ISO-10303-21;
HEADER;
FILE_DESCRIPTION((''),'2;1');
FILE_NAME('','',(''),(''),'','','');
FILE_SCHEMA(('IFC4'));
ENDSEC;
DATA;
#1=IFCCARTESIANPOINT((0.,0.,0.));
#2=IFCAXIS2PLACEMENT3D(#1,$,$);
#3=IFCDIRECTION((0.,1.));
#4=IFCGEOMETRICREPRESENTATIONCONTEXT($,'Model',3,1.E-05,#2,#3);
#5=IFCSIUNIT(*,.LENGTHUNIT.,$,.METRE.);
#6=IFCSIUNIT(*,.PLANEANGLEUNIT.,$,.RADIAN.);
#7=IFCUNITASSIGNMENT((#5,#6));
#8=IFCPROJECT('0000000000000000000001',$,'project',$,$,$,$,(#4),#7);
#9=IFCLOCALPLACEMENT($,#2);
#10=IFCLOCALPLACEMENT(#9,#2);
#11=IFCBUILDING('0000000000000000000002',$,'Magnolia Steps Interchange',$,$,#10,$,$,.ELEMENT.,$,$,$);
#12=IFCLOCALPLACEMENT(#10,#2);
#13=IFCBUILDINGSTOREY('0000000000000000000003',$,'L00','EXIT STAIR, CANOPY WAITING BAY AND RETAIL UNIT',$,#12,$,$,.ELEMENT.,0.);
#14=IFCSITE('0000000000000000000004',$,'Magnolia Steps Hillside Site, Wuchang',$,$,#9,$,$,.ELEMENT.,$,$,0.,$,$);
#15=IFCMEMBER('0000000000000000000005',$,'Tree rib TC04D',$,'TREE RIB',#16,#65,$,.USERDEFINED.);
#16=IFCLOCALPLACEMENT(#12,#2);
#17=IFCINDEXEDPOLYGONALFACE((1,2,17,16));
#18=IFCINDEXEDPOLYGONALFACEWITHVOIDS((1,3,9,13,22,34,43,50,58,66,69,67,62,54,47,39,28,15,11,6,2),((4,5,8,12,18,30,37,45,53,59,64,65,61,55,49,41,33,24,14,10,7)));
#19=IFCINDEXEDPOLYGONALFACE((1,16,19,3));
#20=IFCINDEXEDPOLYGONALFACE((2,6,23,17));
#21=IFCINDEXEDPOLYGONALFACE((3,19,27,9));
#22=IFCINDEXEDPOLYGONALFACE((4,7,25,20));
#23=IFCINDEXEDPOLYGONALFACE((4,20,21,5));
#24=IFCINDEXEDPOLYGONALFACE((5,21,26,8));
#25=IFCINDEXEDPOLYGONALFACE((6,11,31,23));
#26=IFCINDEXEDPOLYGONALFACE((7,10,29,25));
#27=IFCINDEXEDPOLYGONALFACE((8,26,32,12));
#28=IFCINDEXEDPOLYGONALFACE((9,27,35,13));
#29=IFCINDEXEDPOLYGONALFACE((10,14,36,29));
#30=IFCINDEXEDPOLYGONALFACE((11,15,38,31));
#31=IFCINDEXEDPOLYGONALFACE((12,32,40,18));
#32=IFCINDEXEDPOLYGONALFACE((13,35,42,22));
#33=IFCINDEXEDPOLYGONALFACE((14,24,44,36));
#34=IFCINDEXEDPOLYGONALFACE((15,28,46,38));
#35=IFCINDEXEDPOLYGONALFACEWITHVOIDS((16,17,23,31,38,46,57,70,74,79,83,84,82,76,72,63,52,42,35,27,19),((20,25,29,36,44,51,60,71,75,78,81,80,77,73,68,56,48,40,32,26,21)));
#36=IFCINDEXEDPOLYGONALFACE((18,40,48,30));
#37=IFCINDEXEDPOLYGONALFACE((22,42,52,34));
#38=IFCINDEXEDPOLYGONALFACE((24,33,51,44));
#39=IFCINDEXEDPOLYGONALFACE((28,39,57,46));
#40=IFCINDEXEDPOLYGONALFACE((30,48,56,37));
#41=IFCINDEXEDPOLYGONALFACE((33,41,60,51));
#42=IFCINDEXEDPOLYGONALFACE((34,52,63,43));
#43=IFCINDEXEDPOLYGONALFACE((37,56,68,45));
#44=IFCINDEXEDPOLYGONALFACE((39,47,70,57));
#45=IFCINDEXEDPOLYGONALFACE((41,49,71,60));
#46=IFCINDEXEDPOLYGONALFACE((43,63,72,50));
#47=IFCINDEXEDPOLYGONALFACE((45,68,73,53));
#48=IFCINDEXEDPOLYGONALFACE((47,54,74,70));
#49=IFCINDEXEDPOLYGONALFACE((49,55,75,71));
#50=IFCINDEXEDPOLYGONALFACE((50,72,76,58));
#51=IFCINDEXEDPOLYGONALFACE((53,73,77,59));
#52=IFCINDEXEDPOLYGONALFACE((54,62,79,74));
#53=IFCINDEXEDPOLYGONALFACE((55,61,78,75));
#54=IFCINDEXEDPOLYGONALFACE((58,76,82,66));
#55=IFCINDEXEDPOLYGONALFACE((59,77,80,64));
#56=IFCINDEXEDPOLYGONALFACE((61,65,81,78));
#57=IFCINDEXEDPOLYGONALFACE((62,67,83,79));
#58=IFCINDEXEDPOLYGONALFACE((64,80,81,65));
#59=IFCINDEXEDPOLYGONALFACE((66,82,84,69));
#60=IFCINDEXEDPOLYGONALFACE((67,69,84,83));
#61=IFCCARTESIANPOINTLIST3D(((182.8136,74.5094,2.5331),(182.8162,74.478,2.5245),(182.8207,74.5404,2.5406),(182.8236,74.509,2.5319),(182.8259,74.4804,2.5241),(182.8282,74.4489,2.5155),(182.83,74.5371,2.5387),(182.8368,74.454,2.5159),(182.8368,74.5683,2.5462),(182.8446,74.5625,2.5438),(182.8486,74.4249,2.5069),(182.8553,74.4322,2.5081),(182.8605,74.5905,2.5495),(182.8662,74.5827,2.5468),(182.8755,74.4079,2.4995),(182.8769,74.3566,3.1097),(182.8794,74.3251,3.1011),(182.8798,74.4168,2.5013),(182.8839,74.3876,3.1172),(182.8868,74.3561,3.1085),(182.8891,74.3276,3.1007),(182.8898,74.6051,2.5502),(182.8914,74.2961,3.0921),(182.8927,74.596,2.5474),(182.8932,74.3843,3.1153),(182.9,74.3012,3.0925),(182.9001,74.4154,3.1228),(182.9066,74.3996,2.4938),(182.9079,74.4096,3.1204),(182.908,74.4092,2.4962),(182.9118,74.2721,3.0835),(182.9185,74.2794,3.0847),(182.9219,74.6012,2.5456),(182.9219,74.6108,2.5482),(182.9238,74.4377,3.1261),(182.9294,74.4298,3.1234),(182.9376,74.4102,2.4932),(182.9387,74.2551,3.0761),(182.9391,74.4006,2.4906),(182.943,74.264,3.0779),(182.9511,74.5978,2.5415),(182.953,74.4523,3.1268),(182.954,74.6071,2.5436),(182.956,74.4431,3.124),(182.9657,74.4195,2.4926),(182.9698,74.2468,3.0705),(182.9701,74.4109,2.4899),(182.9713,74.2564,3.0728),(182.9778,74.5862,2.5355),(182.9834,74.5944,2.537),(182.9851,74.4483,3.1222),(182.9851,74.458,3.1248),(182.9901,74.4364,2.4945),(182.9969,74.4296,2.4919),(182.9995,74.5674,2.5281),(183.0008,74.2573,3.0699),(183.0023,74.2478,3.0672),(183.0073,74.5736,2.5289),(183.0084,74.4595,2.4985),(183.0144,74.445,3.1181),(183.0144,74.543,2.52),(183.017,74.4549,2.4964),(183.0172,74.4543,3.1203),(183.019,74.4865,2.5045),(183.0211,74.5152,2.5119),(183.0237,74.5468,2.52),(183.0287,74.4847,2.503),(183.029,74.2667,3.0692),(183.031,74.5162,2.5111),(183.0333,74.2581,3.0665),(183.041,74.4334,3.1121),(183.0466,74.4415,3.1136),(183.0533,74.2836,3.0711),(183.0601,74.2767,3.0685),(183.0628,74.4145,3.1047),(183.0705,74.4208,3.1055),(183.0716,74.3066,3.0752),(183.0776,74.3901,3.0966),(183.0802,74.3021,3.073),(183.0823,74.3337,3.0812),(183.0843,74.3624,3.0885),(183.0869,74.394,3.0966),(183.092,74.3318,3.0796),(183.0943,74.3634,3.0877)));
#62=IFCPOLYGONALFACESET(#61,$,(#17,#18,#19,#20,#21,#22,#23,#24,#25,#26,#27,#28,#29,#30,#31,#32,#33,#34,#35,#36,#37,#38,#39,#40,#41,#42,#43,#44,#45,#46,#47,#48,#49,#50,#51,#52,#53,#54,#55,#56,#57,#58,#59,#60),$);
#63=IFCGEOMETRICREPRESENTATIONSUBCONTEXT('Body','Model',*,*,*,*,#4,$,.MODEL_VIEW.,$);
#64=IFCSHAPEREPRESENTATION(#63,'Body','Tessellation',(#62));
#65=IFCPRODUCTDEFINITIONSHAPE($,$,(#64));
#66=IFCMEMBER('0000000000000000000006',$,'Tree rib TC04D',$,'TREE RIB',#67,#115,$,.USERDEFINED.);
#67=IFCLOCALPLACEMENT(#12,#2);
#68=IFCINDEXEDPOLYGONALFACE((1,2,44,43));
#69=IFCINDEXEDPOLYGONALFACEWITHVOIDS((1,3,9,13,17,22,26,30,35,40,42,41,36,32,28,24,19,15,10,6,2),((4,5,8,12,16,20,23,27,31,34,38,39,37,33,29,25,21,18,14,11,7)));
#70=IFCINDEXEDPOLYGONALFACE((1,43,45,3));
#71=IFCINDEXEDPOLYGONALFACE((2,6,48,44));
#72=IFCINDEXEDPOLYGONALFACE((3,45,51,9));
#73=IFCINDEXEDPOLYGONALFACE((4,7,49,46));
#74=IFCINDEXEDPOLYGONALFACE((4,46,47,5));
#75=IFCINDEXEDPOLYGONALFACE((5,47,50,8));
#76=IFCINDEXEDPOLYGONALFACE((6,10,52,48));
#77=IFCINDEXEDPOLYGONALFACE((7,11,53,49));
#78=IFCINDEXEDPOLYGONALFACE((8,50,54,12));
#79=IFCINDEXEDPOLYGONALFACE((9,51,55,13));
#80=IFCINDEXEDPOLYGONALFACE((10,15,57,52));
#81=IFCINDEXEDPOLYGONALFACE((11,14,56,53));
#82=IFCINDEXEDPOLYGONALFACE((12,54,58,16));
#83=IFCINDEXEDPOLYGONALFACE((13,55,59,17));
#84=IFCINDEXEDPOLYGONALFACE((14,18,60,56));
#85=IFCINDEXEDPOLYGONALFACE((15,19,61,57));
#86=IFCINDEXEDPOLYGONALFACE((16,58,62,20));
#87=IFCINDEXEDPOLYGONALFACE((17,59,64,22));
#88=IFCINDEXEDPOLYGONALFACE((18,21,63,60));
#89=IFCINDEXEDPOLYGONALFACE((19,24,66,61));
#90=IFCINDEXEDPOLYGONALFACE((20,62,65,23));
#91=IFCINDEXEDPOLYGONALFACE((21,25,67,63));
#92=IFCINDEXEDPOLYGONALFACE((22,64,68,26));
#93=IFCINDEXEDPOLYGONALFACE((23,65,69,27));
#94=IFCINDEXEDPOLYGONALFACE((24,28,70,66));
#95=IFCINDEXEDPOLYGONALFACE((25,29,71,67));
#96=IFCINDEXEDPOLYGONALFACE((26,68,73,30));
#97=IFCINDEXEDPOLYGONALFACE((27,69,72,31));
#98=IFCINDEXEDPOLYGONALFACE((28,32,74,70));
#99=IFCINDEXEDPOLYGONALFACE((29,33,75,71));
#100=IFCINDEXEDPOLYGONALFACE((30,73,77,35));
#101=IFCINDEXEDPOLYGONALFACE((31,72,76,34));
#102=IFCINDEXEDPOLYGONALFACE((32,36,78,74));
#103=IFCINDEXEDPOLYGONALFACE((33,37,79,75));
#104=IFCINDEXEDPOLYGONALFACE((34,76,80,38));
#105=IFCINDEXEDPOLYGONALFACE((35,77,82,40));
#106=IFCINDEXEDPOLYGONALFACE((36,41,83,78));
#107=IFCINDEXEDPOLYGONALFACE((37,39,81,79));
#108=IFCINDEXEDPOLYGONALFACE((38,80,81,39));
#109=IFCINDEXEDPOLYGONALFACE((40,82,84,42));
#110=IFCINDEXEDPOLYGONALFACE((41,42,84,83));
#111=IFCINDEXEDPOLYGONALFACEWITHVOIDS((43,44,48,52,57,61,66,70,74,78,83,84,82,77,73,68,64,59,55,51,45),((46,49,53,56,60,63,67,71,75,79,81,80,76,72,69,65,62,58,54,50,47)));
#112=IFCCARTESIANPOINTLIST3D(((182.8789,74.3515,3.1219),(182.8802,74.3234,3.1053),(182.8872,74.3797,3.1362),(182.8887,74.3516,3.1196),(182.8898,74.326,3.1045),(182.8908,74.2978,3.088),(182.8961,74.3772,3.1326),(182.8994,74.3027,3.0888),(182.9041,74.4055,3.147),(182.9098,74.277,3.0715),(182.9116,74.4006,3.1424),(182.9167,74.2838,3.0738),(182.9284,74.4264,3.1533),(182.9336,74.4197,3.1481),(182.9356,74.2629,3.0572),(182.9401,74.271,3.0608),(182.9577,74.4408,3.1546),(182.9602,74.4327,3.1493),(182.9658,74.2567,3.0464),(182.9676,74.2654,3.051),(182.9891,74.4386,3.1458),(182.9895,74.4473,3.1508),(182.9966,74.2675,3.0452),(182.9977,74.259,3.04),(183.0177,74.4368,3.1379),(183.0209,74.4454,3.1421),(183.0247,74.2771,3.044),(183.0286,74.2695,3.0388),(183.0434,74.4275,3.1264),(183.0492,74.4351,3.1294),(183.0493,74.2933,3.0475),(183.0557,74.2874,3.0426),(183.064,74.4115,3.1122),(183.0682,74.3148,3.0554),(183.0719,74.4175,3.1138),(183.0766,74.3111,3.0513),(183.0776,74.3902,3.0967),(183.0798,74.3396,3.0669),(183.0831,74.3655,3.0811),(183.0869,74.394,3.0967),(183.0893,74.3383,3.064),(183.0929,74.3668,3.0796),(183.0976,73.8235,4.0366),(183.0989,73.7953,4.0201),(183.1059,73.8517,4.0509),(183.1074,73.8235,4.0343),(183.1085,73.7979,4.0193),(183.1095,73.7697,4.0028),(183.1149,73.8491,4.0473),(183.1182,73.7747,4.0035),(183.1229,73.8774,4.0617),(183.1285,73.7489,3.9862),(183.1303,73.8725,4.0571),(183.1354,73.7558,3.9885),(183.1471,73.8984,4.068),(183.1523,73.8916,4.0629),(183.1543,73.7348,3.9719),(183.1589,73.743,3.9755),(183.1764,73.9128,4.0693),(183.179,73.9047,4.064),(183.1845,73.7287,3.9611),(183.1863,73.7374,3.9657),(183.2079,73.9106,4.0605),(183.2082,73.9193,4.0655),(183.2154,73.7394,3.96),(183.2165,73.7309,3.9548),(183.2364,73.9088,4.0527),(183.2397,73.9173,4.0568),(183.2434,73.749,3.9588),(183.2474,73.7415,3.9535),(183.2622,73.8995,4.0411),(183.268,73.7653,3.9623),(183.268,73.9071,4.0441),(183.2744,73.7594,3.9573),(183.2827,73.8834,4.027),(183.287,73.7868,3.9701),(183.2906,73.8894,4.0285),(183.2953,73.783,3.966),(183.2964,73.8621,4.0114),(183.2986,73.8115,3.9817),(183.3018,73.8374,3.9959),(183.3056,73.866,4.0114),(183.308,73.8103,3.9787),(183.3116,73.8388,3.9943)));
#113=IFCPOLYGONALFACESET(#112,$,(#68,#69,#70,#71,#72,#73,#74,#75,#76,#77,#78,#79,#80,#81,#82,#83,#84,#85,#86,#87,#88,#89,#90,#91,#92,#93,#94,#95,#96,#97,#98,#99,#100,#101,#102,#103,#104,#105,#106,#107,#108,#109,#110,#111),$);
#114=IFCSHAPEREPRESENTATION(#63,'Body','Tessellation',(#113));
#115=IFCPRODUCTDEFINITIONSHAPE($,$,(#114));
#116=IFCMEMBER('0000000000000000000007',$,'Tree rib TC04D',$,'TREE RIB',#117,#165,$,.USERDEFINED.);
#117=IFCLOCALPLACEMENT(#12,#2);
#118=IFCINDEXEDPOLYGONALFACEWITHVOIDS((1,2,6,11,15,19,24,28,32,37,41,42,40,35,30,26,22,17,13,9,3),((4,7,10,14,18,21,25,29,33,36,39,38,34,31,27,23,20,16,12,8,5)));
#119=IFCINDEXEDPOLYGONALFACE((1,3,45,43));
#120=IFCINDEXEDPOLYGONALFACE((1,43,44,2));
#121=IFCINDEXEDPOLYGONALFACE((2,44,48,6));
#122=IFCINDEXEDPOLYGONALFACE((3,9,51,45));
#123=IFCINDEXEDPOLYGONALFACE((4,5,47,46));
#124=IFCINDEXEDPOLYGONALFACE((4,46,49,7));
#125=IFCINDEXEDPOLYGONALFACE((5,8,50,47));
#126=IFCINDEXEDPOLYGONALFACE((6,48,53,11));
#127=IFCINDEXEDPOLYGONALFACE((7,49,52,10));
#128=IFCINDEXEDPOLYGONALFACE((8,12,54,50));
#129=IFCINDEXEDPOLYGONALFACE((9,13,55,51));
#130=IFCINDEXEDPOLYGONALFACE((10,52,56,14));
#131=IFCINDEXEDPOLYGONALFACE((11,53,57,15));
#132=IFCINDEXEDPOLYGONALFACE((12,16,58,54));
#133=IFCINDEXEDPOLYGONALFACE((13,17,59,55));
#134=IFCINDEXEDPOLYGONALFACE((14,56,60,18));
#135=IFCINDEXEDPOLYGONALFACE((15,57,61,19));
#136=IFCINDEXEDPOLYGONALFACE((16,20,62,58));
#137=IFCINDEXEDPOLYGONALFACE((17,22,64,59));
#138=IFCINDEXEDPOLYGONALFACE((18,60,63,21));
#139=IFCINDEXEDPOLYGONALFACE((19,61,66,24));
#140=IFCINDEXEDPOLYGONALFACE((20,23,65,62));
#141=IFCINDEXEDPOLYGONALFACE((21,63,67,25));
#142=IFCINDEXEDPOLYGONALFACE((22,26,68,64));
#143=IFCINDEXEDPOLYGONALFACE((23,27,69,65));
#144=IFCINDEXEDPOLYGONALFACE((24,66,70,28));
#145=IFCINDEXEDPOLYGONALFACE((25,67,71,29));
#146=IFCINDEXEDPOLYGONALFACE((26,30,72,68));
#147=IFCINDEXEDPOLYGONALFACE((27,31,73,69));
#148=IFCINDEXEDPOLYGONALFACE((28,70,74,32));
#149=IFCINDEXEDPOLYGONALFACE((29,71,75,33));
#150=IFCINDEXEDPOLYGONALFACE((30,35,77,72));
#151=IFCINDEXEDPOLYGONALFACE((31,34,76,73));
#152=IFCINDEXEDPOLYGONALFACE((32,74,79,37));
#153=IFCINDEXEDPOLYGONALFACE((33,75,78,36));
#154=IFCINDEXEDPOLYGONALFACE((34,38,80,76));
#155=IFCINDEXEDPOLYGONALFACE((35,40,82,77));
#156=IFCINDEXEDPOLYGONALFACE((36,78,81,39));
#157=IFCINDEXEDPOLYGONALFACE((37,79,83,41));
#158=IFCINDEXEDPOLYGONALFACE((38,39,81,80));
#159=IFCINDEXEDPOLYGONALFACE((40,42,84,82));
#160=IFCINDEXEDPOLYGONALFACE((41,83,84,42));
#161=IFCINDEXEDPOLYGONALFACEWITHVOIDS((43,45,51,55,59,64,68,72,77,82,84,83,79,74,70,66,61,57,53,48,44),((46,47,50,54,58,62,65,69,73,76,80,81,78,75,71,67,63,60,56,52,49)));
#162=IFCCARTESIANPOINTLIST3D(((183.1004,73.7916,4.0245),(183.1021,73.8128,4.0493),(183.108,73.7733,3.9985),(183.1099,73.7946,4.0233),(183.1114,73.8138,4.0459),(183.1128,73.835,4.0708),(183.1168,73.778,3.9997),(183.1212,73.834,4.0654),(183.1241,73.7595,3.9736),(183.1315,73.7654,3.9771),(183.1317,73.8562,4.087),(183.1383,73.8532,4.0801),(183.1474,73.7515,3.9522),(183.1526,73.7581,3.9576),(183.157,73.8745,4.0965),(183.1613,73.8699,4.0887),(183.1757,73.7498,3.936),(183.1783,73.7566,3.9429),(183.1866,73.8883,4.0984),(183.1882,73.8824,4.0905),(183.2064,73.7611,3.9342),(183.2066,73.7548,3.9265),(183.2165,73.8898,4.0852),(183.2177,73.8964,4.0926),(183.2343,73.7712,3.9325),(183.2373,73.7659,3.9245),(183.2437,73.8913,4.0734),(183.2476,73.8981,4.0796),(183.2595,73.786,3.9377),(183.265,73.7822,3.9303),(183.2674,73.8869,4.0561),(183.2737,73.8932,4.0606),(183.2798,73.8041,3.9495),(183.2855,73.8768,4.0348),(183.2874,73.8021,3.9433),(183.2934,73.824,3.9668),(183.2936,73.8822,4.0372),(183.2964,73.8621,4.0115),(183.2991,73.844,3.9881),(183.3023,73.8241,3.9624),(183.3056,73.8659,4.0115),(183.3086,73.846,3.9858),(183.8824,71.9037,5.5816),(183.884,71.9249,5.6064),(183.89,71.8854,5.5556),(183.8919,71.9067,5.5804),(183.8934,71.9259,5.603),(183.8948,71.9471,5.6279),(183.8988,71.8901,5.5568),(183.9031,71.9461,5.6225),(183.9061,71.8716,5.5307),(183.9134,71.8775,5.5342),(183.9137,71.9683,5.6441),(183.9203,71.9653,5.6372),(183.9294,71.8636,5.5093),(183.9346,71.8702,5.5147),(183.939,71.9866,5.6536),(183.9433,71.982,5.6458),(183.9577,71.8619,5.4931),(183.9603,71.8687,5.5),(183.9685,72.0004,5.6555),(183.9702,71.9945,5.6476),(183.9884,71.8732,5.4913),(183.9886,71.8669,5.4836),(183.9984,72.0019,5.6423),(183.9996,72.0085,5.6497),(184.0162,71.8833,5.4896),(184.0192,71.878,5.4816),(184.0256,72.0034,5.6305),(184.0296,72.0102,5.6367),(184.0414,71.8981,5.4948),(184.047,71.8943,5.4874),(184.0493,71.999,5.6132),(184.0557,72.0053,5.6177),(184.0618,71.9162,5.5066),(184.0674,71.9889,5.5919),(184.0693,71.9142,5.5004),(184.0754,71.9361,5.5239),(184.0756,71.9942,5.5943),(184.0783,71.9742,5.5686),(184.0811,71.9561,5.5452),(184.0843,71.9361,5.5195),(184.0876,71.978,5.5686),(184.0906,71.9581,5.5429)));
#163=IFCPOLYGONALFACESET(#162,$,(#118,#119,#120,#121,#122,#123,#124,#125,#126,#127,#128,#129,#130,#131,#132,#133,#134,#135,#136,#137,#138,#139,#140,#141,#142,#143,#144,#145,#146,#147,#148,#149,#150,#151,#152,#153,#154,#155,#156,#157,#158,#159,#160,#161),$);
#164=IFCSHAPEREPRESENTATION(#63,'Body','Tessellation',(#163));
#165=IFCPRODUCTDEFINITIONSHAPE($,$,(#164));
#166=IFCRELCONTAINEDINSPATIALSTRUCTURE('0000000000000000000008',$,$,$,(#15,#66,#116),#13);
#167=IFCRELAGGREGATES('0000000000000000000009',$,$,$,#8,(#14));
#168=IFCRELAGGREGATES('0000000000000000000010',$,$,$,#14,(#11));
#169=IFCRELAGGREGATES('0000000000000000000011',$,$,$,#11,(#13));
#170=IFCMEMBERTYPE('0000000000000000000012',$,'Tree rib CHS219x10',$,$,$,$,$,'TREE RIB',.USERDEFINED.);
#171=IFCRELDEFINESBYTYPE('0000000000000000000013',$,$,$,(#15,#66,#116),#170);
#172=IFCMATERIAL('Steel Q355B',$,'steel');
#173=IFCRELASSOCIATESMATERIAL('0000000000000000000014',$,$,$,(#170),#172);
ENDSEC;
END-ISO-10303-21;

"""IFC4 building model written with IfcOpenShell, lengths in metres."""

from ifc_helpers import new_model, si_unit, direction, frame, origin, origin_2d, place, context, subcontext, project, spatial, hollow_circle, extrude, material, material_profile, profile_set, type_object, element, save


model = new_model("IFC4")

# Units and contexts
model_context = context("Model", 3, precision=1e-05, world=origin(), true_north=direction((0.0, 1.0)))
body_context = subcontext(model_context, "Body", "Model", "MODEL_VIEW")
ifc_project = project(units=[si_unit("LENGTHUNIT", "METRE"), si_unit("PLANEANGLEUNIT", "RADIAN")], contexts=[model_context])

# Site, building, storey
site_placement = place(None, origin())
site = spatial("IfcSite", under=ifc_project, at=site_placement, Name="Magnolia Steps Hillside Site, Wuchang", CompositionType="ELEMENT", RefElevation=0.0)
building_placement = place(site_placement, origin())
building = spatial("IfcBuilding", under=site, at=building_placement, Name="Magnolia Steps Interchange", CompositionType="ELEMENT")
storey_placement = place(building_placement, origin())
storey = spatial("IfcBuildingStorey", under=building, at=storey_placement, Name="L00", Description="EXIT STAIR, CANOPY WAITING BAY AND RETAIL UNIT", CompositionType="ELEMENT", Elevation=0.0)

# Members
ifc_material_1 = material(Name="Steel Q355B", Category="steel")
ifc_material_profile_1 = material_profile(ifc_material_1, hollow_circle(Radius=0.1096, WallThickness=0.01, at=origin_2d()), Name="CHS219x10")
ifc_profile_set_1 = profile_set([ifc_material_profile_1], Name="Steel Q355B")
member_type_1 = type_object("IfcMemberType", Name="Tree rib CHS219x10", ElementType="TREE RIB", PredefinedType="USERDEFINED", material=ifc_profile_set_1)
for number, where, z_axis, x_axis, name in (
    (1, (182.9224, 74.5049, 2.52), (0.105403, -0.254758, 0.961243), (0.924035, 0.382308, 0.0), "Tree rib TC04D"),
):
    element("IfcMember", number, at=place(storey_placement, frame(where, z_axis=z_axis, x_axis=x_axis)), inside=storey, type_object=member_type_1, Name=name, ObjectType="TREE RIB", PredefinedType="USERDEFINED", context=body_context, shape_type="SweptSolid", body=[
        extrude(hollow_circle(Radius=0.1096, WallThickness=0.01, at=origin_2d()), origin(), (0.0, 0.0, 1.0), 0.5999),
    ])
member_1_placement = place(storey_placement, frame((182.9856, 74.3521, 3.0967), z_axis=(0.202793, -0.489555, 0.848063), x_axis=(0.923871, 0.382704, 0.0)))
element("IfcMember", 2, at=member_1_placement, inside=storey, type_object=member_type_1, Name="Tree rib TC04D", ObjectType="TREE RIB", PredefinedType="USERDEFINED", context=body_context, shape_type="SweptSolid", body=[
    extrude(hollow_circle(Radius=0.1096, WallThickness=0.01, at=origin_2d()), origin(), (0.0, 0.0, 1.0), 1.0786),
])
member_2_placement = place(storey_placement, frame((183.2043, 73.824, 4.0115), z_axis=(0.304376, -0.734854, 0.60609), x_axis=(0.923884, 0.382672, 0.0)))
element("IfcMember", 3, at=member_2_placement, inside=storey, type_object=member_type_1, Name="Tree rib TC04D", ObjectType="TREE RIB", PredefinedType="USERDEFINED", context=body_context, shape_type="SweptSolid", body=[
    extrude(hollow_circle(Radius=0.1096, WallThickness=0.01, at=origin_2d()), origin(), (0.0, 0.0, 1.0), 2.5691),
])

save(model, "model.ifc")
